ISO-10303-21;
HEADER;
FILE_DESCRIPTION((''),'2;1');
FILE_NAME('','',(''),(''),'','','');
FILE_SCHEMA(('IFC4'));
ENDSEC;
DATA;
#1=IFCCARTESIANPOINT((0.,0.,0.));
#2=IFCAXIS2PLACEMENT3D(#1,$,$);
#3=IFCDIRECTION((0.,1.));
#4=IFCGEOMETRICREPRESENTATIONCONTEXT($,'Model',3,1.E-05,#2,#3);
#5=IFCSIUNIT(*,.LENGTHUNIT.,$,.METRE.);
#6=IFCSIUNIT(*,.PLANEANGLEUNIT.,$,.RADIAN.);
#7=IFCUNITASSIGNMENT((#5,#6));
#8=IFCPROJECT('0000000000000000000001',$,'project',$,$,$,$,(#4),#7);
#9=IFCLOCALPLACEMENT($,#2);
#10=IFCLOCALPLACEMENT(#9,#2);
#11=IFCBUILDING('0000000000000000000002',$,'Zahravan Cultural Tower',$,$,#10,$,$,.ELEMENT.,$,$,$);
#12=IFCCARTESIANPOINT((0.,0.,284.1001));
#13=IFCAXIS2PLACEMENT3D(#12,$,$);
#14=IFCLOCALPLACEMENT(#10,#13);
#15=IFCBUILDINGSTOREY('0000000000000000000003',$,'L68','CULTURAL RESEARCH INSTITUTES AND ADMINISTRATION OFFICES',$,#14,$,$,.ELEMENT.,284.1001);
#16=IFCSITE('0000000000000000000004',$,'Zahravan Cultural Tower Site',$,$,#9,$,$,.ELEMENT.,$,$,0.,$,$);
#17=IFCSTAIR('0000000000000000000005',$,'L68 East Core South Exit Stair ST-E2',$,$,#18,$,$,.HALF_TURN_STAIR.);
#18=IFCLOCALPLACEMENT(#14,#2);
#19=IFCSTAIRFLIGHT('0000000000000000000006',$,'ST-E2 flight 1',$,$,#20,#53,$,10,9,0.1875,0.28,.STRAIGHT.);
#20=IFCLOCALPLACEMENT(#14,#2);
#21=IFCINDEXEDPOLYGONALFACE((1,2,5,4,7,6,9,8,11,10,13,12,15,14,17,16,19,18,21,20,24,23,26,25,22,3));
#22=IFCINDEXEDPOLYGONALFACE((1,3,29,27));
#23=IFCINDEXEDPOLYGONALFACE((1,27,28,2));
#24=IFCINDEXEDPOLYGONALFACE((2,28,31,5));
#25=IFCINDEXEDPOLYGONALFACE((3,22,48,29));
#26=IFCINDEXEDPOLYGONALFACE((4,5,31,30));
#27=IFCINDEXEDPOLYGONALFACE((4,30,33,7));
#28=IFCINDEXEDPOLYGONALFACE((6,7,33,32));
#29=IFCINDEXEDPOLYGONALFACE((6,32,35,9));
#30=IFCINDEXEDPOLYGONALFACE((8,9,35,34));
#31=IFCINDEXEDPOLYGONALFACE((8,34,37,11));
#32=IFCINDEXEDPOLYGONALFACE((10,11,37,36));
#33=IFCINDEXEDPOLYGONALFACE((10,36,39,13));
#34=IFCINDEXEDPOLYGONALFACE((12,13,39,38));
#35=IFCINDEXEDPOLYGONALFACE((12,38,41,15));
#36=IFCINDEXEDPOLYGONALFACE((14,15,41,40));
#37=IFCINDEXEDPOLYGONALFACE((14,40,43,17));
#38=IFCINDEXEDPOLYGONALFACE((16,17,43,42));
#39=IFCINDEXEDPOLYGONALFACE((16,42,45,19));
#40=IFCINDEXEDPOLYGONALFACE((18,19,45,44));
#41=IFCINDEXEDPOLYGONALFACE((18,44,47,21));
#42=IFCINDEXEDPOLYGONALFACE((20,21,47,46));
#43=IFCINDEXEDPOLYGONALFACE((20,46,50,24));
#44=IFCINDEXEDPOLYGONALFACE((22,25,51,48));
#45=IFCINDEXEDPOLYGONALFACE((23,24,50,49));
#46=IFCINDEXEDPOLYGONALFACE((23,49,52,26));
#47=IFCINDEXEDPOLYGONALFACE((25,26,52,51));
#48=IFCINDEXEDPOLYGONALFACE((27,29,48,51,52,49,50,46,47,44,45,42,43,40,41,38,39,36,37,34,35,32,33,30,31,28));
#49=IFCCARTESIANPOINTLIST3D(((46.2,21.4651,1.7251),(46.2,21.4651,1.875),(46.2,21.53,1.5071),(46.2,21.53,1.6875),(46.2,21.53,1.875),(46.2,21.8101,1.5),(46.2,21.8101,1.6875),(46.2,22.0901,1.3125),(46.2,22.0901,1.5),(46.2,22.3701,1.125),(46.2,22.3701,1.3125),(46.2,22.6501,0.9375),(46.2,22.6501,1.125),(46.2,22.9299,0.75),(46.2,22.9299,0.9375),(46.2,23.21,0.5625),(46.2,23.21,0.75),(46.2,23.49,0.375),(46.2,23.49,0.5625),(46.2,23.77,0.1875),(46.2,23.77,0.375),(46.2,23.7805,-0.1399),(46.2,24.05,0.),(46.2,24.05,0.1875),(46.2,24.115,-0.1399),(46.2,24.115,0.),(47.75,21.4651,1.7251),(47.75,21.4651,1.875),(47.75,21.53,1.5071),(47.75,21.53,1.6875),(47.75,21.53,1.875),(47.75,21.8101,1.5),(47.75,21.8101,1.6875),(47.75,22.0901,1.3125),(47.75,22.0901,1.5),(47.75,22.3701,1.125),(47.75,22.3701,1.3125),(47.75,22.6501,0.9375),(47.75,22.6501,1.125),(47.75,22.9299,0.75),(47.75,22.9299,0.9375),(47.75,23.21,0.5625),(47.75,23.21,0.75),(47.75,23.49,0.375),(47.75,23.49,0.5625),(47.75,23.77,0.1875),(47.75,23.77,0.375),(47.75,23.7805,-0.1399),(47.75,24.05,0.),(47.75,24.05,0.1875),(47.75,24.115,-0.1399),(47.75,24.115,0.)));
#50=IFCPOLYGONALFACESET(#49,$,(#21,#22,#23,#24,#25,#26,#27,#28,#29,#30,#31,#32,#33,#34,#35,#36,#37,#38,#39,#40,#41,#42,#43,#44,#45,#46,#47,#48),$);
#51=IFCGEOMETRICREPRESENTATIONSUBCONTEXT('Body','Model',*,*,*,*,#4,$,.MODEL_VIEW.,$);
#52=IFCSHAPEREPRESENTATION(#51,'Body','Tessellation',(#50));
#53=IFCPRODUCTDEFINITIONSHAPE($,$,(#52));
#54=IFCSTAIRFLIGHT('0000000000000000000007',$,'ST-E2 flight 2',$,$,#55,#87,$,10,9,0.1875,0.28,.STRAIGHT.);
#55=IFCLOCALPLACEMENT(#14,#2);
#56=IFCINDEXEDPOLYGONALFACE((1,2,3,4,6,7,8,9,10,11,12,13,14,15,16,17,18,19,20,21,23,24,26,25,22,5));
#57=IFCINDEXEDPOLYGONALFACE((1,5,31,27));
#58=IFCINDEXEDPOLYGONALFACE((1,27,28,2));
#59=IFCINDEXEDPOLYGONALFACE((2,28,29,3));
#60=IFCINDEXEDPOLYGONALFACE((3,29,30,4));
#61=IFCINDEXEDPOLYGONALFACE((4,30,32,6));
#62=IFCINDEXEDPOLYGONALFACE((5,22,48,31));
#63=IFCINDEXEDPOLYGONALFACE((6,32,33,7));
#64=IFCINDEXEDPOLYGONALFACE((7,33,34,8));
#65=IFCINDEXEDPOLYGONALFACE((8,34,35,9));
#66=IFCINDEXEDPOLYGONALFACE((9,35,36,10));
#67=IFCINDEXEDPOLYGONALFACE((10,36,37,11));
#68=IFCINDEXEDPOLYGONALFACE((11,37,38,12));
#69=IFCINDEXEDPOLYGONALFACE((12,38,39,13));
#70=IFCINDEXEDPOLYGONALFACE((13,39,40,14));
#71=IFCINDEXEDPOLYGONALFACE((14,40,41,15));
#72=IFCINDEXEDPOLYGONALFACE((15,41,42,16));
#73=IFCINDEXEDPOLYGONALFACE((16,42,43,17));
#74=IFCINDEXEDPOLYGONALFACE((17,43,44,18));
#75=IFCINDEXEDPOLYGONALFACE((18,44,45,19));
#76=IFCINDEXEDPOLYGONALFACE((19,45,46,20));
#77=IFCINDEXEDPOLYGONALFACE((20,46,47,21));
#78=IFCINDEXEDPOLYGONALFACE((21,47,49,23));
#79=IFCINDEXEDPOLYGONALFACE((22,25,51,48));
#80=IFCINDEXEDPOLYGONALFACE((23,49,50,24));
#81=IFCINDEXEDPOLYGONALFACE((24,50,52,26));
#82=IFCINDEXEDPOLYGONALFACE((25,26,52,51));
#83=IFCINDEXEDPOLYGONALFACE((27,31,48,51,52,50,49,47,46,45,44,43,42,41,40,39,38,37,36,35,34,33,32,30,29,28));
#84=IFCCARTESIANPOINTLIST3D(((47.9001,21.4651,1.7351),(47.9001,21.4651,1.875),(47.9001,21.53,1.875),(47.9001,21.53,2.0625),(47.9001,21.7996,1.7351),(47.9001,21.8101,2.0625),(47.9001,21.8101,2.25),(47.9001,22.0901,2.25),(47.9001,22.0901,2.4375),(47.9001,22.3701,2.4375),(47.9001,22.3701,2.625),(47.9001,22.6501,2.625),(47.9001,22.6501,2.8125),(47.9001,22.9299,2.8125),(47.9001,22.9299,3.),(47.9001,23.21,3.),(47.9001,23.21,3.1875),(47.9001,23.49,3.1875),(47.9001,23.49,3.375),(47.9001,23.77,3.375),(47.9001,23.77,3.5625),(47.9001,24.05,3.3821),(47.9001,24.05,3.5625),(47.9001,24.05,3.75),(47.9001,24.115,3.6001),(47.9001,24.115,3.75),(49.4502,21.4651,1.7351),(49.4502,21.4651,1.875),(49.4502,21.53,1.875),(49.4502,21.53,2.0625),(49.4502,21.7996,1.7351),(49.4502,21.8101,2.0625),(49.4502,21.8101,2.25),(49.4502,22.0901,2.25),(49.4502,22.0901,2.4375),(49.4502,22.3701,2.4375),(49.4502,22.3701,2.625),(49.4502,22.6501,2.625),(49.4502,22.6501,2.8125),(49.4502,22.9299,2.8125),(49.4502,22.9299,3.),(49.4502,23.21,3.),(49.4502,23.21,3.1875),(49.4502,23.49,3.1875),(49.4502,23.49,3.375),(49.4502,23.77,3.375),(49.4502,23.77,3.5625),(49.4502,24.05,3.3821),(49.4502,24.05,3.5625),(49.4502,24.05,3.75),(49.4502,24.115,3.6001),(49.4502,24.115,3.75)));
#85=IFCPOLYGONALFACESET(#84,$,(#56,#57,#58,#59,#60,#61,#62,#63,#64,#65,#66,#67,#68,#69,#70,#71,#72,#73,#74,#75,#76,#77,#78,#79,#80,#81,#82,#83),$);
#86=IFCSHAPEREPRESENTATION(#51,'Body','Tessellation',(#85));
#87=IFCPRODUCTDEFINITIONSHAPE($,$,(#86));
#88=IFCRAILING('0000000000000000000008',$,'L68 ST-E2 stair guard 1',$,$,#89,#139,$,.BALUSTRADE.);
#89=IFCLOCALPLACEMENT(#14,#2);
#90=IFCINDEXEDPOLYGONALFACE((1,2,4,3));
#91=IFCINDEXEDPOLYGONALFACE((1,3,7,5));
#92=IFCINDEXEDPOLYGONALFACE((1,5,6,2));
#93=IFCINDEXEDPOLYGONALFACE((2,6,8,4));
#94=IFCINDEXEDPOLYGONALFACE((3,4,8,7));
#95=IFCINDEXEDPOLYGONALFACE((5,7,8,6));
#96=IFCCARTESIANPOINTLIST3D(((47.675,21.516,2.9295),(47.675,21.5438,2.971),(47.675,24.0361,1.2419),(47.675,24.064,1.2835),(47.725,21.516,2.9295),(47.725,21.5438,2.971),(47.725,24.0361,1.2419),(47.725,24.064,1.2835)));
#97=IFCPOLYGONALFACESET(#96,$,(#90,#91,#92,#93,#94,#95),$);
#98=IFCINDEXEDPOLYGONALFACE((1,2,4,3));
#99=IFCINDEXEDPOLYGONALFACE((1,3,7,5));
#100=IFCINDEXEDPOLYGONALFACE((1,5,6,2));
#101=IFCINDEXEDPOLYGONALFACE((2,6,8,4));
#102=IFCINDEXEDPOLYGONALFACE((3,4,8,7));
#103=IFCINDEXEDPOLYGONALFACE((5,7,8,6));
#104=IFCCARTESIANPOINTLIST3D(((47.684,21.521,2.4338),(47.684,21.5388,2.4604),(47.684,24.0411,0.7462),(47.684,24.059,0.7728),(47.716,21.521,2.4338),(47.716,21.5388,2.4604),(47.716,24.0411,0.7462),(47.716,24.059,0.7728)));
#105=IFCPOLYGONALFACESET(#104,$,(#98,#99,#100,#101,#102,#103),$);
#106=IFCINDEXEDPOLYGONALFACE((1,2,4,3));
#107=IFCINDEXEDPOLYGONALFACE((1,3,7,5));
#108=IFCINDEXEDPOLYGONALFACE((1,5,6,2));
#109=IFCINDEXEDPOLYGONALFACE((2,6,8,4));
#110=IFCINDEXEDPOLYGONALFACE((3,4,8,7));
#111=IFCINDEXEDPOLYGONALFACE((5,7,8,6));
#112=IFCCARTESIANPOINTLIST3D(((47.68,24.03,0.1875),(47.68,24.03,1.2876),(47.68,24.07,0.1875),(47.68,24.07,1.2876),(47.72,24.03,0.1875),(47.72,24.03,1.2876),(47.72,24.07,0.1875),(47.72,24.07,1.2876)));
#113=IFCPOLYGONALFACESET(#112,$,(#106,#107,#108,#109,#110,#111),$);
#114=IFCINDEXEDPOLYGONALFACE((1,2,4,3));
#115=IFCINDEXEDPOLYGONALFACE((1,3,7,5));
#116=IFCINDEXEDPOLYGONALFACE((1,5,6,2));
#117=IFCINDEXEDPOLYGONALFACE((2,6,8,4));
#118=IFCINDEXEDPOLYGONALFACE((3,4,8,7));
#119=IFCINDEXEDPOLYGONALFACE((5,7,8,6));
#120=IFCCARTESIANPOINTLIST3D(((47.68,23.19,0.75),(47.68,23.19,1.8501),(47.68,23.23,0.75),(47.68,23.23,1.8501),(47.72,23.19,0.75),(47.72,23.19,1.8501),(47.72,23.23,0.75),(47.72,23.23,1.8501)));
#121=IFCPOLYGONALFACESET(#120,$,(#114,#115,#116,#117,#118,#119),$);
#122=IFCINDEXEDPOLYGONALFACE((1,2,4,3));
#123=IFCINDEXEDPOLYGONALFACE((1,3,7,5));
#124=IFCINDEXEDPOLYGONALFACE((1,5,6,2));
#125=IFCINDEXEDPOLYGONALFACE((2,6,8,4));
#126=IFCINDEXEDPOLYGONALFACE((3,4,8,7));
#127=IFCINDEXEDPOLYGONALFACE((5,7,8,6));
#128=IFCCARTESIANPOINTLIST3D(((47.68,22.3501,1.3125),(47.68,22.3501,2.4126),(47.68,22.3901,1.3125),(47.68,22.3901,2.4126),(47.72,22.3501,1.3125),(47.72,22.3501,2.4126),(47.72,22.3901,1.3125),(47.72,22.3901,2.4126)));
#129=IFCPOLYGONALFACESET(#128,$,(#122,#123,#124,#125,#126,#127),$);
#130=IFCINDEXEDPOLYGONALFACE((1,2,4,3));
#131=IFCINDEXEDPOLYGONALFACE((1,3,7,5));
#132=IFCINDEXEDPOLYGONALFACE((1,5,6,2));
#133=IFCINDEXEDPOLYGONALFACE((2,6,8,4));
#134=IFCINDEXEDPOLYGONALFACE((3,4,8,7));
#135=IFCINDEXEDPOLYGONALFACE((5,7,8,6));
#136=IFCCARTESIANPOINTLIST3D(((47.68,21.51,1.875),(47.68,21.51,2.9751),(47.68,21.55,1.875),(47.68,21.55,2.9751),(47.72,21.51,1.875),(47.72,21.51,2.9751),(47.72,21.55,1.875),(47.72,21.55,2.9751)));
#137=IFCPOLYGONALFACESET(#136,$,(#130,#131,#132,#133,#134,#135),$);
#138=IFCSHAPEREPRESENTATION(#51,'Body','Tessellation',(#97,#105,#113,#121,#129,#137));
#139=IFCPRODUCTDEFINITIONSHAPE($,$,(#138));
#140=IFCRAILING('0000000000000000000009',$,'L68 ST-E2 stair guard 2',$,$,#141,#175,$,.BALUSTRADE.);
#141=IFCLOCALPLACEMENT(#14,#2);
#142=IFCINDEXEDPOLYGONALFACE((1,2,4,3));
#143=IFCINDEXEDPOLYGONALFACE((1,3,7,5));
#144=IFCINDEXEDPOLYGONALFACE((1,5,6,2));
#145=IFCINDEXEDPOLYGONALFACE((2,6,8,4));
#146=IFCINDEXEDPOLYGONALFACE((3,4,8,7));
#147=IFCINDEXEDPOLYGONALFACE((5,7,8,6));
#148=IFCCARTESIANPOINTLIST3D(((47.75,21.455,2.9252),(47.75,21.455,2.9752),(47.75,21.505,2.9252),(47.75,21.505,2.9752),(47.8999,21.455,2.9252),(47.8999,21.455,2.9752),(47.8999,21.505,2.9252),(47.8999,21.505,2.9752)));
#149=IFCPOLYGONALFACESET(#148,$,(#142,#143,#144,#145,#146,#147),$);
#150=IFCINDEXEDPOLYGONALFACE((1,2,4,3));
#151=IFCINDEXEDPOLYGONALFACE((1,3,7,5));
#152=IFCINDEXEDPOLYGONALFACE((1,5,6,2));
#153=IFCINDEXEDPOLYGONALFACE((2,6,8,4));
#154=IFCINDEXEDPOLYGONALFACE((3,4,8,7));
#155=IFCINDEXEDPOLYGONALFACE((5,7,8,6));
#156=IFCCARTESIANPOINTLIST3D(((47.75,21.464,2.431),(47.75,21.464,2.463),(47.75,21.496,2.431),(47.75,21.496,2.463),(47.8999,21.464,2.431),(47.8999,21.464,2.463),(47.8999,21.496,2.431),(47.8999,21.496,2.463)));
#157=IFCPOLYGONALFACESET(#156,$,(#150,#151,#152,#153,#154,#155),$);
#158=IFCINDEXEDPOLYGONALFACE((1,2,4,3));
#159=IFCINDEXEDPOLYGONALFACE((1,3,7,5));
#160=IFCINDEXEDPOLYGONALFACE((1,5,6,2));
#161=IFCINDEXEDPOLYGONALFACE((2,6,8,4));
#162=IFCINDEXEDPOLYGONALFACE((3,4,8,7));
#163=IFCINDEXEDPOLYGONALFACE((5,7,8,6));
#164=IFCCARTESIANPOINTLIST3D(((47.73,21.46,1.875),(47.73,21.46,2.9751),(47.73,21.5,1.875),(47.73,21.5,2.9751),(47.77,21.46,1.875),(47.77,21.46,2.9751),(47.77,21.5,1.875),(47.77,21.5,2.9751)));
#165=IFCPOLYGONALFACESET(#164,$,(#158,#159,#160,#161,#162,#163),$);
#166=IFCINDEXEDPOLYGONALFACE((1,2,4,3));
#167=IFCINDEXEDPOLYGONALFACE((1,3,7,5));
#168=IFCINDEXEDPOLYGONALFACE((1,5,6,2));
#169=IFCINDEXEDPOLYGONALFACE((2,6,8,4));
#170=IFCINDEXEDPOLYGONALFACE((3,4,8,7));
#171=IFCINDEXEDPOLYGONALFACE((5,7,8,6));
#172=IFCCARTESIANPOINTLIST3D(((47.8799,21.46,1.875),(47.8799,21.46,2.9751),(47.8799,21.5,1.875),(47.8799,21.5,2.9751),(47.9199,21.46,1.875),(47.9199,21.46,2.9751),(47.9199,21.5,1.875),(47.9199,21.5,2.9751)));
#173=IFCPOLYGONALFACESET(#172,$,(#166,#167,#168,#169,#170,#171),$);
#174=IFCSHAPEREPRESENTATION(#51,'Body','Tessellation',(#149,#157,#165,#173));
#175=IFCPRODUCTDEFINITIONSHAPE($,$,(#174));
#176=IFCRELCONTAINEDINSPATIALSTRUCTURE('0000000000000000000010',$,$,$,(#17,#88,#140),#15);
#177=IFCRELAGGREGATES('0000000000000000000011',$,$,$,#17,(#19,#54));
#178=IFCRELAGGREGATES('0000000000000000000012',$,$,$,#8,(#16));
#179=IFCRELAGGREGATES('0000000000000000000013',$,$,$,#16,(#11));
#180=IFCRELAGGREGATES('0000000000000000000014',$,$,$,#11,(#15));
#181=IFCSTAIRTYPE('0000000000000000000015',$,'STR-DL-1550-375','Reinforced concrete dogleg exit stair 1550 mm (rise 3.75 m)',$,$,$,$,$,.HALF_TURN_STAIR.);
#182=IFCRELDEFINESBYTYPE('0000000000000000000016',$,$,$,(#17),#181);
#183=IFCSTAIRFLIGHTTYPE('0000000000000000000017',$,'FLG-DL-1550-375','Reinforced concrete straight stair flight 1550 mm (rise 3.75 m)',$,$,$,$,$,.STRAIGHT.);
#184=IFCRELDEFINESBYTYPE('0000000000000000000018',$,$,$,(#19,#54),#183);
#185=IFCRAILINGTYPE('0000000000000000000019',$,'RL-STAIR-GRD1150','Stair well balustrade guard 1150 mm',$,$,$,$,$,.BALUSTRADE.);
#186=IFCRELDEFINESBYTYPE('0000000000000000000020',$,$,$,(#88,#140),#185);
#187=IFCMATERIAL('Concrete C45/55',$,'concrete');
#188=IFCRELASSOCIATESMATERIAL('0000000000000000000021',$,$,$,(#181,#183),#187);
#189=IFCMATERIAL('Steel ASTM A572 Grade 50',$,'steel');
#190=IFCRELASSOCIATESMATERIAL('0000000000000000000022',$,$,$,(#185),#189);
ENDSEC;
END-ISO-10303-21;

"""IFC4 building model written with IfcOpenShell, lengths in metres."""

from ifc_helpers import new_model, si_unit, direction, frame, origin, origin_2d, place, context, subcontext, project, spatial, polyline, rectangle, outline, extrude, material, type_object, element, aggregate, save


model = new_model("IFC4")

# Units and contexts
model_context = context("Model", 3, precision=1e-05, world=origin(), true_north=direction((0.0, 1.0)))
body_context = subcontext(model_context, "Body", "Model", "MODEL_VIEW")
ifc_project = project(units=[si_unit("LENGTHUNIT", "METRE"), si_unit("PLANEANGLEUNIT", "RADIAN")], contexts=[model_context])

# Site, building, storey
site_placement = place(None, origin())
site = spatial("IfcSite", under=ifc_project, at=site_placement, Name="Zahravan Cultural Tower Site", CompositionType="ELEMENT", RefElevation=0.0)
building_placement = place(site_placement, origin())
building = spatial("IfcBuilding", under=site, at=building_placement, Name="Zahravan Cultural Tower", CompositionType="ELEMENT")
storey_placement = place(building_placement, frame((0.0, 0.0, 284.1001)))
storey = spatial("IfcBuildingStorey", under=building, at=storey_placement, Name="L68", Description="CULTURAL RESEARCH INSTITUTES AND ADMINISTRATION OFFICES", CompositionType="ELEMENT", Elevation=284.1001)

# Shared definitions
ifc_material_1 = material(Name="Concrete C45/55", Category="concrete")

# Stair, stair flights
stair_type = type_object("IfcStairType", Name="STR-DL-1550-375", Description="Reinforced concrete dogleg exit stair 1550 mm (rise 3.75 m)", PredefinedType="HALF_TURN_STAIR", material=ifc_material_1)
stair_placement = place(storey_placement, origin())
stair = element("IfcStair", 1, at=stair_placement, inside=storey, type_object=stair_type, Name="L68 East Core South Exit Stair ST-E2", PredefinedType="HALF_TURN_STAIR")
stair_flight_type = type_object("IfcStairFlightType", Name="FLG-DL-1550-375", Description="Reinforced concrete straight stair flight 1550 mm (rise 3.75 m)", PredefinedType="STRAIGHT", material=ifc_material_1)
stair_flight_1_placement = place(storey_placement, frame((46.9751, 24.05, 0.0), z_axis=(0.0, 0.0, 1.0), x_axis=(0.0, -1.0, 0.0)))
stair_flight_1 = element("IfcStairFlight", 2, at=stair_flight_1_placement, type_object=stair_flight_type, Name="ST-E2 flight 1", NumberOfRisers=10, NumberOfTreads=9, PredefinedType="STRAIGHT", RiserHeight=0.1875, TreadLength=0.28, context=body_context, shape_type="SweptSolid", body=[
    extrude(outline(polyline([(-0.0649, -0.1399), (-0.0649, 0.0), (0.0, 0.0), (0.0, 0.1875), (0.28, 0.1875), (0.28, 0.375), (0.5601, 0.375), (0.5601, 0.5625), (0.8401, 0.5625), (0.8401, 0.75), (1.1201, 0.75), (1.1201, 0.9375), (1.3999, 0.9375), (1.3999, 1.125), (1.6799, 1.125), (1.6799, 1.3125), (1.96, 1.3125), (1.96, 1.5), (2.24, 1.5), (2.24, 1.6875), (2.52, 1.6875), (2.52, 1.875), (2.585, 1.875), (2.585, 1.7251), (2.52, 1.5071), (0.2695, -0.1399), (-0.0649, -0.1399)])), frame((0.0, 0.7749, 0.0), z_axis=(0.0, -1.0, 0.0), x_axis=(1.0, 0.0, 0.0)), (0.0, 0.0, 1.0), 1.55),
])
stair_flight_2_placement = place(storey_placement, frame((48.675, 21.53, 1.875), z_axis=(0.0, 0.0, 1.0), x_axis=(0.0, 1.0, 0.0)))
stair_flight_2 = element("IfcStairFlight", 3, at=stair_flight_2_placement, type_object=stair_flight_type, Name="ST-E2 flight 2", NumberOfRisers=10, NumberOfTreads=9, PredefinedType="STRAIGHT", RiserHeight=0.1875, TreadLength=0.28, context=body_context, shape_type="SweptSolid", body=[
    extrude(outline(polyline([(-0.0649, -0.1399), (-0.0649, 0.0), (0.0, 0.0), (0.0, 0.1875), (0.28, 0.1875), (0.28, 0.375), (0.5601, 0.375), (0.5601, 0.5625), (0.8401, 0.5625), (0.8401, 0.75), (1.1201, 0.75), (1.1201, 0.9375), (1.3999, 0.9375), (1.3999, 1.125), (1.6799, 1.125), (1.6799, 1.3125), (1.96, 1.3125), (1.96, 1.5), (2.24, 1.5), (2.24, 1.6875), (2.52, 1.6875), (2.52, 1.875), (2.585, 1.875), (2.585, 1.7251), (2.52, 1.5071), (0.2695, -0.1399), (-0.0649, -0.1399)])), frame((0.0, 0.7749, 0.0), z_axis=(0.0, -1.0, 0.0), x_axis=(1.0, 0.0, 0.0)), (0.0, 0.0, 1.0), 1.55),
])
aggregate(stair, [stair_flight_1, stair_flight_2])

# Railings
ifc_material_2 = material(Name="Steel ASTM A572 Grade 50", Category="steel")
railing_type_1 = type_object("IfcRailingType", Name="RL-STAIR-GRD1150", Description="Stair well balustrade guard 1150 mm", PredefinedType="BALUSTRADE", material=ifc_material_2)
railing_1_placement = place(storey_placement, frame((47.7, 24.05, 0.1875)))
element("IfcRailing", 4, at=railing_1_placement, inside=storey, type_object=railing_type_1, Name="L68 ST-E2 stair guard 1", PredefinedType="BALUSTRADE", context=body_context, shape_type="SweptSolid", body=[
    extrude(rectangle(XDim=0.05, YDim=0.05, at=origin_2d()), frame((0.0, 0.0, 1.0752), z_axis=(0.0, -0.830909, 0.556408), x_axis=(1.0, 0.0, 0.0)), (0.0, 0.0, 1.0), 3.033),
    extrude(rectangle(XDim=0.032, YDim=0.032, at=origin_2d()), frame((0.0, 0.0, 0.572), z_axis=(0.0, -0.830909, 0.556408), x_axis=(1.0, 0.0, 0.0)), (0.0, 0.0, 1.0), 3.033),
    extrude(rectangle(XDim=0.04, YDim=0.04, at=origin_2d()), origin(), (0.0, 0.0, 1.0), 1.1001),
    extrude(rectangle(XDim=0.04, YDim=0.04, at=origin_2d()), frame((0.0, -0.8401, 0.5625)), (0.0, 0.0, 1.0), 1.1001),
    extrude(rectangle(XDim=0.04, YDim=0.04, at=origin_2d()), frame((0.0, -1.6799, 1.125)), (0.0, 0.0, 1.0), 1.1001),
    extrude(rectangle(XDim=0.04, YDim=0.04, at=origin_2d()), frame((0.0, -2.52, 1.6875)), (0.0, 0.0, 1.0), 1.1001),
])
railing_2_placement = place(storey_placement, frame((47.75, 21.48, 1.875)))
element("IfcRailing", 5, at=railing_2_placement, inside=storey, type_object=railing_type_1, Name="L68 ST-E2 stair guard 2", PredefinedType="BALUSTRADE", context=body_context, shape_type="SweptSolid", body=[
    extrude(rectangle(XDim=0.05, YDim=0.05, at=origin_2d()), frame((0.0, 0.0, 1.0752), z_axis=(1.0, 0.0, 0.0), x_axis=(0.0, 1.0, 0.0)), (0.0, 0.0, 1.0), 0.1499),
    extrude(rectangle(XDim=0.032, YDim=0.032, at=origin_2d()), frame((0.0, 0.0, 0.572), z_axis=(1.0, 0.0, 0.0), x_axis=(0.0, 1.0, 0.0)), (0.0, 0.0, 1.0), 0.1499),
    extrude(rectangle(XDim=0.04, YDim=0.04, at=origin_2d()), origin(), (0.0, 0.0, 1.0), 1.1001),
    extrude(rectangle(XDim=0.04, YDim=0.04, at=origin_2d()), frame((0.1499, 0.0, 0.0)), (0.0, 0.0, 1.0), 1.1001),
])

save(model, "model.ifc")
